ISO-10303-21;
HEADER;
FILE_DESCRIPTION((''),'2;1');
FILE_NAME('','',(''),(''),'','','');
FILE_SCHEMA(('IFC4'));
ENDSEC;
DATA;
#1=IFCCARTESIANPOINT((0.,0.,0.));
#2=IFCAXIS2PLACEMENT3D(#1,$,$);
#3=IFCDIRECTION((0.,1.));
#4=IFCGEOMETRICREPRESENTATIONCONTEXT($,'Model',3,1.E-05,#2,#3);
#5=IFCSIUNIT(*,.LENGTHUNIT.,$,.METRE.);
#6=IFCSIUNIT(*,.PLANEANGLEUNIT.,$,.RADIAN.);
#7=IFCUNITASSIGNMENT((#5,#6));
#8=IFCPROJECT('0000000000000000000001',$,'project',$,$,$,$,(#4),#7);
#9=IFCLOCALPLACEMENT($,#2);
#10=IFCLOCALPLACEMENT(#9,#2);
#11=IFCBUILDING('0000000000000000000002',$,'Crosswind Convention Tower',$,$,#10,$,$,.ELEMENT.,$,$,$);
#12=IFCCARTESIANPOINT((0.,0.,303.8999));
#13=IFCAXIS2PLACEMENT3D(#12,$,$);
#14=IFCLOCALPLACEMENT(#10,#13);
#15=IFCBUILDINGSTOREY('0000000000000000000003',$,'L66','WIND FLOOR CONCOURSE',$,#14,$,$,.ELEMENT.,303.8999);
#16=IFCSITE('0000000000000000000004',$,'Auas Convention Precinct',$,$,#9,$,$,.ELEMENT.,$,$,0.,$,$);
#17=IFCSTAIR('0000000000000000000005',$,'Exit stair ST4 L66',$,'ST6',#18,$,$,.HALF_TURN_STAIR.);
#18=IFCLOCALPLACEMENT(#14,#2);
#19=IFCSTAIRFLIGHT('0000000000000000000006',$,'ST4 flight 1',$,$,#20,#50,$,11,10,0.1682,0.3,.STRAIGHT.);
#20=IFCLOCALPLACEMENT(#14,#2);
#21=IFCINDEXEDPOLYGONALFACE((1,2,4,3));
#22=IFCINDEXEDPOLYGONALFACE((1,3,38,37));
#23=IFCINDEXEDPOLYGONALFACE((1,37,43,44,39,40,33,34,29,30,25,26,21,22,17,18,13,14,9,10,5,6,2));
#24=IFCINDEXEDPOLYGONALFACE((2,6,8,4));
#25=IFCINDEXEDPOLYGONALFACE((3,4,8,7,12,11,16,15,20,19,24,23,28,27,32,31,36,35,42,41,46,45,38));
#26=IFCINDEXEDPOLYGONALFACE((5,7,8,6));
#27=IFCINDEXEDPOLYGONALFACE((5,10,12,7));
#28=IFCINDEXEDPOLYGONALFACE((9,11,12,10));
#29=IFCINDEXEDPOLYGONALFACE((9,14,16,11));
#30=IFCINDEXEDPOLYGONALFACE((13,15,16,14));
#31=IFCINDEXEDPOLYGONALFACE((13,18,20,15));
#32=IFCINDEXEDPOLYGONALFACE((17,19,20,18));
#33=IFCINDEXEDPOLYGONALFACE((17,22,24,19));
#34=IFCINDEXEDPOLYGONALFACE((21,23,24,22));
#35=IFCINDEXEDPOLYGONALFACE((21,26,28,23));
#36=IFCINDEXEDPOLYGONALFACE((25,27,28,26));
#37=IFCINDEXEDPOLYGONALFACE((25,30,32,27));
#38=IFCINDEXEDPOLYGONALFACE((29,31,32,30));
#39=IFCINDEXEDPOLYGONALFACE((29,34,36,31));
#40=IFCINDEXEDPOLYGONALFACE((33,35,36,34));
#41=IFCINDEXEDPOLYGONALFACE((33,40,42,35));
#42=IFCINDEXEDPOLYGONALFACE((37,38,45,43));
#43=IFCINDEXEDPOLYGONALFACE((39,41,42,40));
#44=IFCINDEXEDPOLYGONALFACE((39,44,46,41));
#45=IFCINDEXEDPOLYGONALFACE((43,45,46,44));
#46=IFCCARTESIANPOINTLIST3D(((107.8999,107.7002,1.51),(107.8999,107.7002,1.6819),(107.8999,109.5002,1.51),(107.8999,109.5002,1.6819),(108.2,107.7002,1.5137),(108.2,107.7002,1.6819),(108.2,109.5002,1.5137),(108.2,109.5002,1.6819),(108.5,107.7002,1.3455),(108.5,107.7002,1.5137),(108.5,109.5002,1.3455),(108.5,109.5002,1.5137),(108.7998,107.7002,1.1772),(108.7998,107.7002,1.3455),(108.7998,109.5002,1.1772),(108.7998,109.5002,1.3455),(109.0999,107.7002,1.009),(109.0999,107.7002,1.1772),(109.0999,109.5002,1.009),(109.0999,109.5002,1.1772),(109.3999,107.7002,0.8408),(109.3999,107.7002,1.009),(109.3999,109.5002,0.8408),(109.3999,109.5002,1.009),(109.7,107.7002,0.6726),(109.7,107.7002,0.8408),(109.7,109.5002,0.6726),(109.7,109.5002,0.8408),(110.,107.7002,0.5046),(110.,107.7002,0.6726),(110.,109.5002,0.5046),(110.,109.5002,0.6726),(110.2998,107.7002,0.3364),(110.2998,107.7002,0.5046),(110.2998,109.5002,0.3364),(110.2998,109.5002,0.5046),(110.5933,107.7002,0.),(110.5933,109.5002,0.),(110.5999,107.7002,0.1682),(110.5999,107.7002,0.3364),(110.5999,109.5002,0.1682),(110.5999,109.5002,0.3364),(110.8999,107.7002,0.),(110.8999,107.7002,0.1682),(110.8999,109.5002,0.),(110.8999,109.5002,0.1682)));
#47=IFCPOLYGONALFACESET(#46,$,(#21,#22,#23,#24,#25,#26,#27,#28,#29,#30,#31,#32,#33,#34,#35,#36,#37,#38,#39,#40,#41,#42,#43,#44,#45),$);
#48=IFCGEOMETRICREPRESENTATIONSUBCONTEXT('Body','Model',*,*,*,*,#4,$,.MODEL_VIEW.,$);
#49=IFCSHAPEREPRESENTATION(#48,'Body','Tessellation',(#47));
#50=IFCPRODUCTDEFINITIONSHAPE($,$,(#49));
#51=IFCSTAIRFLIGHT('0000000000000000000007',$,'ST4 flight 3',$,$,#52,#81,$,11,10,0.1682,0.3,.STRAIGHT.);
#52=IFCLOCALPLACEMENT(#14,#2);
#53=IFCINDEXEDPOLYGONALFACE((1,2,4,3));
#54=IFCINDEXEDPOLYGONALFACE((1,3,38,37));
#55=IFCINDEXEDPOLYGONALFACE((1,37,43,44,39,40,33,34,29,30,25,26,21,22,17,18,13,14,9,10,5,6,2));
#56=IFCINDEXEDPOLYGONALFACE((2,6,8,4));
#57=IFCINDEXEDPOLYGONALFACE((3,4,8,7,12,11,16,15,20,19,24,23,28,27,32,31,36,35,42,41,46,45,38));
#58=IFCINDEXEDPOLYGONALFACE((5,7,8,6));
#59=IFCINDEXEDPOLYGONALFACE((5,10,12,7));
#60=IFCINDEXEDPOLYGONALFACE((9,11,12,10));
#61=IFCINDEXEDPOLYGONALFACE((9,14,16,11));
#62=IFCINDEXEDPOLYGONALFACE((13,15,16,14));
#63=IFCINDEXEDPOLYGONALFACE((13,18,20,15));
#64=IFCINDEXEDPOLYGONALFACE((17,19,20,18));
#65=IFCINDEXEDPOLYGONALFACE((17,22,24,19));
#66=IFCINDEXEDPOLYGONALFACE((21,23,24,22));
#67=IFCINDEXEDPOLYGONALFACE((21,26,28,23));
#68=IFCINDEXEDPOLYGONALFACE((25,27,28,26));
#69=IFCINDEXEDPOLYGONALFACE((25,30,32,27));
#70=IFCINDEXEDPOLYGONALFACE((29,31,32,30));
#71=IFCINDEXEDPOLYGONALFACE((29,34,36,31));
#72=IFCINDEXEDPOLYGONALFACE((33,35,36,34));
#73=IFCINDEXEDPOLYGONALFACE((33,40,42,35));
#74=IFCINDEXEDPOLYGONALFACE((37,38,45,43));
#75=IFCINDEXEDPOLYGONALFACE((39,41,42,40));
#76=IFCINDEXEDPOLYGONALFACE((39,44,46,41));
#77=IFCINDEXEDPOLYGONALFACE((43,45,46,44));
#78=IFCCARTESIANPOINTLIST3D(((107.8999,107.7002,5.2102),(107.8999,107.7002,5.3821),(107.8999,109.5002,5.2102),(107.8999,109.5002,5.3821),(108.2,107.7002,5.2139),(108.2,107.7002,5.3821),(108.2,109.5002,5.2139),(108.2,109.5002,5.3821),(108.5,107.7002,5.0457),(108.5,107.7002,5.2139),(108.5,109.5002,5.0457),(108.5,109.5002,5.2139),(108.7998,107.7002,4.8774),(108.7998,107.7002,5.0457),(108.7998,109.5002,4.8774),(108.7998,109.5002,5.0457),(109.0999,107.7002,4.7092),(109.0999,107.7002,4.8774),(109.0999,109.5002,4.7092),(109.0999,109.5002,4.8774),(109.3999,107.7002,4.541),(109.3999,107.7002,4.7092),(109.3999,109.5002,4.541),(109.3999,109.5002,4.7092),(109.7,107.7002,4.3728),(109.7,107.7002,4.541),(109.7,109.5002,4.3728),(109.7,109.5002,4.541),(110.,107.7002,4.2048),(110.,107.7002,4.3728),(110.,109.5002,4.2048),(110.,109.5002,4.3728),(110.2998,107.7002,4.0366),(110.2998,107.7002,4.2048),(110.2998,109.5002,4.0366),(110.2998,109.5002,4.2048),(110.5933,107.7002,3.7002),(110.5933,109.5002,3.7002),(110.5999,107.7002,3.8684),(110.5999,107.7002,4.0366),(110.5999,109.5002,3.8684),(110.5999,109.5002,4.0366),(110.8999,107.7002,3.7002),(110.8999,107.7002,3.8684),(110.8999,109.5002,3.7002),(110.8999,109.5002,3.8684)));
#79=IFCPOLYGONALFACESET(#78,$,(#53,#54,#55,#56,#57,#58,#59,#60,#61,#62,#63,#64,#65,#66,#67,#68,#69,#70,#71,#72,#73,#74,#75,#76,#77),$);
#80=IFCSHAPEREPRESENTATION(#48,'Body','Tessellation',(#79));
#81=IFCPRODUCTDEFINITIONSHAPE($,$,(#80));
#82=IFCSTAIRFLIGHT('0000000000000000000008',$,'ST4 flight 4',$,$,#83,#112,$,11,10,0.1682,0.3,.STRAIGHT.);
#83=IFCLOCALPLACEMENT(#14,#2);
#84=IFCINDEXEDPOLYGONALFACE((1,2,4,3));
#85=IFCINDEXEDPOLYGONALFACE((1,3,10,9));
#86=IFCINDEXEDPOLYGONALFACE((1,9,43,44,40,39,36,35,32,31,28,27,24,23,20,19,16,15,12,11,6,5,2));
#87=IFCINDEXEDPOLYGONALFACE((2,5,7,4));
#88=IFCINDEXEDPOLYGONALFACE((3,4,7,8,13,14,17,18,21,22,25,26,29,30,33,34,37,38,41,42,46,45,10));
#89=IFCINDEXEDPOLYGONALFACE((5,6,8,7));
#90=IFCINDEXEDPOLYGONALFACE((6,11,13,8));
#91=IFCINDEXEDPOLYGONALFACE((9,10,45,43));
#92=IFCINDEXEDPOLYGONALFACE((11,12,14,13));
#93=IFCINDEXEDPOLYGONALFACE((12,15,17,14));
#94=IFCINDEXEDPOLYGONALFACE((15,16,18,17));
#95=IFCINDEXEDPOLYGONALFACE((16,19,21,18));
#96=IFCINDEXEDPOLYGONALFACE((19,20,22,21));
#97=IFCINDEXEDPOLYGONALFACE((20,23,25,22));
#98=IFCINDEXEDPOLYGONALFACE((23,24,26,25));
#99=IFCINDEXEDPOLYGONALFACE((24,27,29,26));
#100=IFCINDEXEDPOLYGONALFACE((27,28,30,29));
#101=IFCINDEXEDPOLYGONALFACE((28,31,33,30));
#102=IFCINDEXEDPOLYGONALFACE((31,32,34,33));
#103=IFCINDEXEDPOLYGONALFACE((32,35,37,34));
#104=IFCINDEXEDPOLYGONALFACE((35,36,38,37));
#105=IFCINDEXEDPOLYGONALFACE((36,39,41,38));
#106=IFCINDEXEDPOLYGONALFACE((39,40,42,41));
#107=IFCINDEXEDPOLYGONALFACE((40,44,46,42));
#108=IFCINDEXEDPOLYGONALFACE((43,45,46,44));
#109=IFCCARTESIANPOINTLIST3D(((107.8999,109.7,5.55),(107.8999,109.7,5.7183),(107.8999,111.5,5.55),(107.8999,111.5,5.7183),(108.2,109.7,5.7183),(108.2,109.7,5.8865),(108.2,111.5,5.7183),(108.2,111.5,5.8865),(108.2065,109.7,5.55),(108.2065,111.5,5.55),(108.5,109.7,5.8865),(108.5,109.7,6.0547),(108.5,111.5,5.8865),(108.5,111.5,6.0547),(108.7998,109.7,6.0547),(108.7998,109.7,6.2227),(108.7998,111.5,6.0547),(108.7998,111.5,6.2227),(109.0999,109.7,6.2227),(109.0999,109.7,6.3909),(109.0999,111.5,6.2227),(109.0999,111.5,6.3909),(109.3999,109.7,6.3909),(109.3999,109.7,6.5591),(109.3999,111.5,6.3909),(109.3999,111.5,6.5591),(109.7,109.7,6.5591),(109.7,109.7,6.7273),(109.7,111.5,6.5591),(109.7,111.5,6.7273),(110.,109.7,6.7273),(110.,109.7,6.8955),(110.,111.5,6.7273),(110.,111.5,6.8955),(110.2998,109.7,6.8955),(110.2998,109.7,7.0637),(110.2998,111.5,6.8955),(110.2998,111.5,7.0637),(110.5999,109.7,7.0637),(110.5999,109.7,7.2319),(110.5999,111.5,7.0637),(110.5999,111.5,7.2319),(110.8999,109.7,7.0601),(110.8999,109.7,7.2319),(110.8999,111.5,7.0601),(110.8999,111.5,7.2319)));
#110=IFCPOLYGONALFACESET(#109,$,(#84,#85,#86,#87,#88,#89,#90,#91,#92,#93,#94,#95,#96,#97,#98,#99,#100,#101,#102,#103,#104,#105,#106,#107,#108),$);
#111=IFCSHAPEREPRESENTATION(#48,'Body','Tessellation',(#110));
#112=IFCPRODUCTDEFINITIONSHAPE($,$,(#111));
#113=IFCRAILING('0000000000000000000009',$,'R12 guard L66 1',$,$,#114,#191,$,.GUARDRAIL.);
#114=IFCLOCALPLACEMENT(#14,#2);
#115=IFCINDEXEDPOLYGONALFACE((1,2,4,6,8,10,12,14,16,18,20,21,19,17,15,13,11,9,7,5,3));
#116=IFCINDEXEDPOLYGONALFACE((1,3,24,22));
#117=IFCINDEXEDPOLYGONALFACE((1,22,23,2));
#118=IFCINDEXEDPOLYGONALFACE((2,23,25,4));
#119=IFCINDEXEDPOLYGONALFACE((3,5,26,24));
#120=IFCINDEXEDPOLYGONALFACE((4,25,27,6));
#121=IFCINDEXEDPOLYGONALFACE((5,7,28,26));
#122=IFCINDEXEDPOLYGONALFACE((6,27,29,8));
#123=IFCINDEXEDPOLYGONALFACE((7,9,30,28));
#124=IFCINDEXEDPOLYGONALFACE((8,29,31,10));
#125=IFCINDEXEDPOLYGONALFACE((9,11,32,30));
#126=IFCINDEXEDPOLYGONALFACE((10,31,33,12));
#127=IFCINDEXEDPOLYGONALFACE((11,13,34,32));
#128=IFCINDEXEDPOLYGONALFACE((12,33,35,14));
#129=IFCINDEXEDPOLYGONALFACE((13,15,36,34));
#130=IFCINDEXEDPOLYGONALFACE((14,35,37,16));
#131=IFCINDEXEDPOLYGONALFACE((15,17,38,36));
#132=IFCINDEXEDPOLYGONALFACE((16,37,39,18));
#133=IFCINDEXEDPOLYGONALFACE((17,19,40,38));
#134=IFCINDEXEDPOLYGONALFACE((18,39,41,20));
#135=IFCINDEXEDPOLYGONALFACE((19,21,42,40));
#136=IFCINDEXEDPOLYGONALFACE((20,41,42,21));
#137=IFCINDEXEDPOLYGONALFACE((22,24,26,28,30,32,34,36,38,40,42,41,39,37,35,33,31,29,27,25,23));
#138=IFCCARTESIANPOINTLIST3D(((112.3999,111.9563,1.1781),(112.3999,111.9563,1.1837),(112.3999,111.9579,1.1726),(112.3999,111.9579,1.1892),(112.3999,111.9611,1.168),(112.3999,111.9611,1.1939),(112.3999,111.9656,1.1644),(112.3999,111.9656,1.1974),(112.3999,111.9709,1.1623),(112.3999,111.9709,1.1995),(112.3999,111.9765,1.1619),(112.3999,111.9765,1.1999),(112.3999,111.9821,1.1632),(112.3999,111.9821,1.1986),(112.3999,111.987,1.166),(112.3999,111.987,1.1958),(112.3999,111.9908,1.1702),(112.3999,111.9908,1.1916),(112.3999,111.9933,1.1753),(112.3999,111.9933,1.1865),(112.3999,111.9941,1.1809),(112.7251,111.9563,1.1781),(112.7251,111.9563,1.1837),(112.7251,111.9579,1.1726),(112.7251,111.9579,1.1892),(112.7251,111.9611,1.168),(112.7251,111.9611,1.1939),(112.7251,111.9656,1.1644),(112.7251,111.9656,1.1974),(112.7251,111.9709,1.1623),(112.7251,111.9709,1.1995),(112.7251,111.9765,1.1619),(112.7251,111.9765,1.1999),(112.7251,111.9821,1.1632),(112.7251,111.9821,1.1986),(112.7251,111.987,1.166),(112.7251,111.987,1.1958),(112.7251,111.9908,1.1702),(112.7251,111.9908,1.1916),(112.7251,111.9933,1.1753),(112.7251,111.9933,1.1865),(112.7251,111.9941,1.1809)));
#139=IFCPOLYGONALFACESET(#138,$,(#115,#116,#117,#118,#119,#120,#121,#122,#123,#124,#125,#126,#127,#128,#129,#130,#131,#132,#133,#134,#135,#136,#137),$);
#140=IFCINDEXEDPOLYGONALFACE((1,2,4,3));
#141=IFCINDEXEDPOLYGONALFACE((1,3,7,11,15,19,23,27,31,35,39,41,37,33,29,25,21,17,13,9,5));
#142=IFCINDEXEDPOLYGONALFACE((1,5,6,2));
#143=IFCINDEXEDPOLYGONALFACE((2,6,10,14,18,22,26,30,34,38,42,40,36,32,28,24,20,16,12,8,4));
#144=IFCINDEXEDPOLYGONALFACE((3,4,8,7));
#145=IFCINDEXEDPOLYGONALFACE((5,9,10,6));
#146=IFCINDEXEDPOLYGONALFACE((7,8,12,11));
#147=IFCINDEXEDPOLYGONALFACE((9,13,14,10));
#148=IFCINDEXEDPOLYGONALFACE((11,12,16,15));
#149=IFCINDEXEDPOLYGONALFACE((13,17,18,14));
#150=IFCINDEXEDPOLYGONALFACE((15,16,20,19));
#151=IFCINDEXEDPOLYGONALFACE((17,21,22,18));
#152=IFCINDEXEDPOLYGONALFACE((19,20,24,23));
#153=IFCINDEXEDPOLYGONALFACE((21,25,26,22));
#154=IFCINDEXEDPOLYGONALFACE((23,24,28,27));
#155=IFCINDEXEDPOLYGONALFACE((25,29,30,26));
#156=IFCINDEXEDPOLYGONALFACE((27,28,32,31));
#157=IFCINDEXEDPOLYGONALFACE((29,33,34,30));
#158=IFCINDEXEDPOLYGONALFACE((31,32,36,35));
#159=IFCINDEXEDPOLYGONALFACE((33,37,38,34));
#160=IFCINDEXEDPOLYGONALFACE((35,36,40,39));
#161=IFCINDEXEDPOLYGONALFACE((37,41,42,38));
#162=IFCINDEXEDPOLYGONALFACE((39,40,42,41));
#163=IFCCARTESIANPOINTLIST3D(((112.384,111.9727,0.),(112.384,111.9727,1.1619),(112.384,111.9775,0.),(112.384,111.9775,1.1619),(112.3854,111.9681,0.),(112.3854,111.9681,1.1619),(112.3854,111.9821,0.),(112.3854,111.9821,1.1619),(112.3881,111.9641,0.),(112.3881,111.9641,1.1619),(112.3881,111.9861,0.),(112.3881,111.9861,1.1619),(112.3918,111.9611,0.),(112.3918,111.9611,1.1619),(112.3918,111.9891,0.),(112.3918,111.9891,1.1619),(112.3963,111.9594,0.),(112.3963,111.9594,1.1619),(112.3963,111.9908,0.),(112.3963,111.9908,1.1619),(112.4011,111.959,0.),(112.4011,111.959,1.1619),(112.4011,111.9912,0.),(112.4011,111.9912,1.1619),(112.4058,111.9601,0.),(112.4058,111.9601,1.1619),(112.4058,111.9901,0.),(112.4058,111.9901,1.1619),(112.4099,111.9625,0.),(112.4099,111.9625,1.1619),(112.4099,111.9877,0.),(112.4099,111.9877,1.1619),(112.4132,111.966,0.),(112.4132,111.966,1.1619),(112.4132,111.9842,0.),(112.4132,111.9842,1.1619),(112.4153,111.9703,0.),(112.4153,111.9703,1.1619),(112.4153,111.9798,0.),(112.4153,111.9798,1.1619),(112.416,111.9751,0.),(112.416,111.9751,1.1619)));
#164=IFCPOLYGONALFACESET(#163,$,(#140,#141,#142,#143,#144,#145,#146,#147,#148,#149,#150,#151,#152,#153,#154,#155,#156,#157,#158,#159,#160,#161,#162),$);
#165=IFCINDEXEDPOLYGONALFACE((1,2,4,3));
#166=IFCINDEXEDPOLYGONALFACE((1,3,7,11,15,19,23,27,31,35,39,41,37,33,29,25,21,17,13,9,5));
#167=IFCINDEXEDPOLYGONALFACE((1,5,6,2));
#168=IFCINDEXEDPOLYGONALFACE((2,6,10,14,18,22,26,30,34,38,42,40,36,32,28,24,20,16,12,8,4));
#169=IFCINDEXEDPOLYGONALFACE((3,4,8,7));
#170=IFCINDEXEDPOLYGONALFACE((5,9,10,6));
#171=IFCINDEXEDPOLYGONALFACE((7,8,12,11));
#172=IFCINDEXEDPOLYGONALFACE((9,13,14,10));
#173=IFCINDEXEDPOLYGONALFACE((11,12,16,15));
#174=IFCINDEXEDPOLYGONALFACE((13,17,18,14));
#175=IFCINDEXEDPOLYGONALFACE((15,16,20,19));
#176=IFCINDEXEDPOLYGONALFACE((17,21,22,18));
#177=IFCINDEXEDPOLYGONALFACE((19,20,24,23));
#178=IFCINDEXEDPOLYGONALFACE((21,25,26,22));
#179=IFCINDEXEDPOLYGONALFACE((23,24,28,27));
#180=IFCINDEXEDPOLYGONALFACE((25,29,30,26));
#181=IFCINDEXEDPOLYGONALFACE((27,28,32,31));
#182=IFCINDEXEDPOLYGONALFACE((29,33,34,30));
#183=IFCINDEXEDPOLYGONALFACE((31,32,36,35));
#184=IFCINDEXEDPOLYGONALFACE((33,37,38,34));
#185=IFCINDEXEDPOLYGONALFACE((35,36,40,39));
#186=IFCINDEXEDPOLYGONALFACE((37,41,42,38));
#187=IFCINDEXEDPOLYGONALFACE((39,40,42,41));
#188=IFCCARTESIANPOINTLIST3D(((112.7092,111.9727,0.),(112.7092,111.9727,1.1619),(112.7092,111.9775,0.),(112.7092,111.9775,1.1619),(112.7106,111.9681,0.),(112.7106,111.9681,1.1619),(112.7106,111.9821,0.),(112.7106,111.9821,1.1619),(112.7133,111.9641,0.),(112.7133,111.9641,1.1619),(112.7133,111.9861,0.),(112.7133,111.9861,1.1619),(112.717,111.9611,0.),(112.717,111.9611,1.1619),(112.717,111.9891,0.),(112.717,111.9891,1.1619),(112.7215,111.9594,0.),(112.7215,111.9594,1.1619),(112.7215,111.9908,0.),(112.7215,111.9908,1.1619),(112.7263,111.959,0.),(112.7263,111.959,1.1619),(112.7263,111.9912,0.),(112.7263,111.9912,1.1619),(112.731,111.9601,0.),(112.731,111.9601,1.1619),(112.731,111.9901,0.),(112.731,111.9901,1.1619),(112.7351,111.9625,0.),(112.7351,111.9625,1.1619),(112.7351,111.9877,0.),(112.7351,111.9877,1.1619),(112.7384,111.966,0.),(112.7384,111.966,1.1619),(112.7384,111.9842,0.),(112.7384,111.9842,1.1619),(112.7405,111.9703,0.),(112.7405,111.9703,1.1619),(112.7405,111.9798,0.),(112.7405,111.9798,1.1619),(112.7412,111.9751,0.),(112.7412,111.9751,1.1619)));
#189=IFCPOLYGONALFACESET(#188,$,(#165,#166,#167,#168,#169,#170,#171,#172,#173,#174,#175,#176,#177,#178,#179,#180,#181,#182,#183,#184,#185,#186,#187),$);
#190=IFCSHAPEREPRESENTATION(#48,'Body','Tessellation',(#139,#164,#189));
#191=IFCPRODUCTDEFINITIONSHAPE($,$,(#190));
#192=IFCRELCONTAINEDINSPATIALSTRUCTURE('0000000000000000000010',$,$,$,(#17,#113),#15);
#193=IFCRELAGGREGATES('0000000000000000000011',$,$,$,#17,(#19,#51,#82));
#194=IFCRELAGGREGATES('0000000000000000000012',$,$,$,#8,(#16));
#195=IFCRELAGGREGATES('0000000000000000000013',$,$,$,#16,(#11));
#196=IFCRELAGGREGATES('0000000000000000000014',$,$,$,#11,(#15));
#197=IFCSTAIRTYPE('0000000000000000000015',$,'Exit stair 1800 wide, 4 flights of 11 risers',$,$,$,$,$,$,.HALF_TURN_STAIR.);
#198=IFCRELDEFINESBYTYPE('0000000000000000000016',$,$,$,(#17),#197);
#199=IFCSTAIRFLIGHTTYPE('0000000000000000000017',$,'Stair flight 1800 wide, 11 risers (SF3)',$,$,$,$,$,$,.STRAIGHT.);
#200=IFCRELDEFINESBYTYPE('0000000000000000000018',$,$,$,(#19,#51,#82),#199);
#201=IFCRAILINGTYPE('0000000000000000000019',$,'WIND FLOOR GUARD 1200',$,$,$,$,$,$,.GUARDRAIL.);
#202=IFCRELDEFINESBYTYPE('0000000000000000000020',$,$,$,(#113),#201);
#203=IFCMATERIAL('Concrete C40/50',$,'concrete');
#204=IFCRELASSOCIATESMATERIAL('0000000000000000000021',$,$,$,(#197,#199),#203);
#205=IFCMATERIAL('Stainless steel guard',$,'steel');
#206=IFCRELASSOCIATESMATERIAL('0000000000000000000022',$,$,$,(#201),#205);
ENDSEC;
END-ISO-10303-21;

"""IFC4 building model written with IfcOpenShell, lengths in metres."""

from ifc_helpers import new_model, si_unit, direction, frame, origin, origin_2d, place, context, subcontext, project, spatial, polyline, circle, outline, extrude, material, type_object, element, aggregate, save


model = new_model("IFC4")

# Units and contexts
model_context = context("Model", 3, precision=1e-05, world=origin(), true_north=direction((0.0, 1.0)))
body_context = subcontext(model_context, "Body", "Model", "MODEL_VIEW")
ifc_project = project(units=[si_unit("LENGTHUNIT", "METRE"), si_unit("PLANEANGLEUNIT", "RADIAN")], contexts=[model_context])

# Site, building, storey
site_placement = place(None, origin())
site = spatial("IfcSite", under=ifc_project, at=site_placement, Name="Auas Convention Precinct", CompositionType="ELEMENT", RefElevation=0.0)
building_placement = place(site_placement, origin())
building = spatial("IfcBuilding", under=site, at=building_placement, Name="Crosswind Convention Tower", CompositionType="ELEMENT")
storey_placement = place(building_placement, frame((0.0, 0.0, 303.8999)))
storey = spatial("IfcBuildingStorey", under=building, at=storey_placement, Name="L66", Description="WIND FLOOR CONCOURSE", CompositionType="ELEMENT", Elevation=303.8999)

# Stair, stair flights
ifc_material_1 = material(Name="Concrete C40/50", Category="concrete")
stair_type = type_object("IfcStairType", Name="Exit stair 1800 wide, 4 flights of 11 risers", PredefinedType="HALF_TURN_STAIR", material=ifc_material_1)
stair_placement = place(storey_placement, origin())
stair = element("IfcStair", 1, at=stair_placement, inside=storey, type_object=stair_type, Name="Exit stair ST4 L66", ObjectType="ST6", PredefinedType="HALF_TURN_STAIR")
stair_flight_type = type_object("IfcStairFlightType", Name="Stair flight 1800 wide, 11 risers (SF3)", PredefinedType="STRAIGHT", material=ifc_material_1)
stair_flight_1_placement = place(storey_placement, frame((110.8999, 108.6001, 0.0), z_axis=(0.0, 0.0, 1.0), x_axis=(-1.0, 0.0, 0.0)))
stair_flight_1 = element("IfcStairFlight", 2, at=stair_flight_1_placement, type_object=stair_flight_type, Name="ST4 flight 1", NumberOfRisers=11, NumberOfTreads=10, PredefinedType="STRAIGHT", RiserHeight=0.1682, TreadLength=0.3, context=body_context, shape_type="SweptSolid", body=[
    extrude(outline(polyline([(0.0, 0.0), (0.0, 0.1682), (0.3, 0.1682), (0.3, 0.3364), (0.6001, 0.3364), (0.6001, 0.5046), (0.8999, 0.5046), (0.8999, 0.6726), (1.2, 0.6726), (1.2, 0.8408), (1.5, 0.8408), (1.5, 1.009), (1.8, 1.009), (1.8, 1.1772), (2.1001, 1.1772), (2.1001, 1.3455), (2.3999, 1.3455), (2.3999, 1.5137), (2.7, 1.5137), (2.7, 1.6819), (3.0, 1.6819), (3.0, 1.8501), (3.0, 1.51), (0.3066, 0.0), (0.0, 0.0)])), frame((0.0, 0.8999, 0.0), z_axis=(0.0, -1.0, 0.0), x_axis=(1.0, 0.0, 0.0)), (0.0, 0.0, 1.0), 1.8),
])
stair_flight_2_placement = place(storey_placement, frame((110.8999, 108.6001, 3.7002), z_axis=(0.0, 0.0, 1.0), x_axis=(-1.0, 0.0, 0.0)))
stair_flight_2 = element("IfcStairFlight", 3, at=stair_flight_2_placement, type_object=stair_flight_type, Name="ST4 flight 3", NumberOfRisers=11, NumberOfTreads=10, PredefinedType="STRAIGHT", RiserHeight=0.1682, TreadLength=0.3, context=body_context, shape_type="SweptSolid", body=[
    extrude(outline(polyline([(0.0, 0.0), (0.0, 0.1682), (0.3, 0.1682), (0.3, 0.3364), (0.6001, 0.3364), (0.6001, 0.5046), (0.8999, 0.5046), (0.8999, 0.6726), (1.2, 0.6726), (1.2, 0.8408), (1.5, 0.8408), (1.5, 1.009), (1.8, 1.009), (1.8, 1.1772), (2.1001, 1.1772), (2.1001, 1.3455), (2.3999, 1.3455), (2.3999, 1.5137), (2.7, 1.5137), (2.7, 1.6819), (3.0, 1.6819), (3.0, 1.8501), (3.0, 1.51), (0.3066, 0.0), (0.0, 0.0)])), frame((0.0, 0.8999, 0.0), z_axis=(0.0, -1.0, 0.0), x_axis=(1.0, 0.0, 0.0)), (0.0, 0.0, 1.0), 1.8),
])
stair_flight_3_placement = place(storey_placement, frame((107.8999, 110.6001, 5.55), z_axis=(0.0, 0.0, 1.0), x_axis=(1.0, 0.0, 0.0)))
stair_flight_3 = element("IfcStairFlight", 4, at=stair_flight_3_placement, type_object=stair_flight_type, Name="ST4 flight 4", NumberOfRisers=11, NumberOfTreads=10, PredefinedType="STRAIGHT", RiserHeight=0.1682, TreadLength=0.3, context=body_context, shape_type="SweptSolid", body=[
    extrude(outline(polyline([(0.0, 0.0), (0.0, 0.1682), (0.3, 0.1682), (0.3, 0.3364), (0.6001, 0.3364), (0.6001, 0.5046), (0.8999, 0.5046), (0.8999, 0.6726), (1.2, 0.6726), (1.2, 0.8408), (1.5, 0.8408), (1.5, 1.009), (1.8, 1.009), (1.8, 1.1772), (2.1001, 1.1772), (2.1001, 1.3455), (2.3999, 1.3455), (2.3999, 1.5137), (2.7, 1.5137), (2.7, 1.6819), (3.0, 1.6819), (3.0, 1.8501), (3.0, 1.51), (0.3066, 0.0), (0.0, 0.0)])), frame((0.0, 0.8999, 0.0), z_axis=(0.0, -1.0, 0.0), x_axis=(1.0, 0.0, 0.0)), (0.0, 0.0, 1.0), 1.8),
])
aggregate(stair, [stair_flight_1, stair_flight_2, stair_flight_3])

# Railing
ifc_material_2 = material(Name="Stainless steel guard", Category="steel")
railing_type_1 = type_object("IfcRailingType", Name="WIND FLOOR GUARD 1200", PredefinedType="GUARDRAIL", material=ifc_material_2)
railing_1_placement = place(storey_placement, frame((112.3999, 111.9751, 0.0)))
element("IfcRailing", 5, at=railing_1_placement, inside=storey, type_object=railing_type_1, Name="R12 guard L66 1", PredefinedType="GUARDRAIL", context=body_context, shape_type="SweptSolid", body=[
    extrude(circle(Radius=0.019, at=origin_2d()), frame((0.0, 0.0, 1.1809), z_axis=(1.0, 0.0, 0.0), x_axis=(0.0, 1.0, 0.0)), (0.0, 0.0, 1.0), 0.3252),
    extrude(circle(Radius=0.0161, at=origin_2d()), origin(), (0.0, 0.0, 1.0), 1.1619),
    extrude(circle(Radius=0.0161, at=origin_2d()), frame((0.3252, 0.0, 0.0)), (0.0, 0.0, 1.0), 1.1619),
])

save(model, "model.ifc")
